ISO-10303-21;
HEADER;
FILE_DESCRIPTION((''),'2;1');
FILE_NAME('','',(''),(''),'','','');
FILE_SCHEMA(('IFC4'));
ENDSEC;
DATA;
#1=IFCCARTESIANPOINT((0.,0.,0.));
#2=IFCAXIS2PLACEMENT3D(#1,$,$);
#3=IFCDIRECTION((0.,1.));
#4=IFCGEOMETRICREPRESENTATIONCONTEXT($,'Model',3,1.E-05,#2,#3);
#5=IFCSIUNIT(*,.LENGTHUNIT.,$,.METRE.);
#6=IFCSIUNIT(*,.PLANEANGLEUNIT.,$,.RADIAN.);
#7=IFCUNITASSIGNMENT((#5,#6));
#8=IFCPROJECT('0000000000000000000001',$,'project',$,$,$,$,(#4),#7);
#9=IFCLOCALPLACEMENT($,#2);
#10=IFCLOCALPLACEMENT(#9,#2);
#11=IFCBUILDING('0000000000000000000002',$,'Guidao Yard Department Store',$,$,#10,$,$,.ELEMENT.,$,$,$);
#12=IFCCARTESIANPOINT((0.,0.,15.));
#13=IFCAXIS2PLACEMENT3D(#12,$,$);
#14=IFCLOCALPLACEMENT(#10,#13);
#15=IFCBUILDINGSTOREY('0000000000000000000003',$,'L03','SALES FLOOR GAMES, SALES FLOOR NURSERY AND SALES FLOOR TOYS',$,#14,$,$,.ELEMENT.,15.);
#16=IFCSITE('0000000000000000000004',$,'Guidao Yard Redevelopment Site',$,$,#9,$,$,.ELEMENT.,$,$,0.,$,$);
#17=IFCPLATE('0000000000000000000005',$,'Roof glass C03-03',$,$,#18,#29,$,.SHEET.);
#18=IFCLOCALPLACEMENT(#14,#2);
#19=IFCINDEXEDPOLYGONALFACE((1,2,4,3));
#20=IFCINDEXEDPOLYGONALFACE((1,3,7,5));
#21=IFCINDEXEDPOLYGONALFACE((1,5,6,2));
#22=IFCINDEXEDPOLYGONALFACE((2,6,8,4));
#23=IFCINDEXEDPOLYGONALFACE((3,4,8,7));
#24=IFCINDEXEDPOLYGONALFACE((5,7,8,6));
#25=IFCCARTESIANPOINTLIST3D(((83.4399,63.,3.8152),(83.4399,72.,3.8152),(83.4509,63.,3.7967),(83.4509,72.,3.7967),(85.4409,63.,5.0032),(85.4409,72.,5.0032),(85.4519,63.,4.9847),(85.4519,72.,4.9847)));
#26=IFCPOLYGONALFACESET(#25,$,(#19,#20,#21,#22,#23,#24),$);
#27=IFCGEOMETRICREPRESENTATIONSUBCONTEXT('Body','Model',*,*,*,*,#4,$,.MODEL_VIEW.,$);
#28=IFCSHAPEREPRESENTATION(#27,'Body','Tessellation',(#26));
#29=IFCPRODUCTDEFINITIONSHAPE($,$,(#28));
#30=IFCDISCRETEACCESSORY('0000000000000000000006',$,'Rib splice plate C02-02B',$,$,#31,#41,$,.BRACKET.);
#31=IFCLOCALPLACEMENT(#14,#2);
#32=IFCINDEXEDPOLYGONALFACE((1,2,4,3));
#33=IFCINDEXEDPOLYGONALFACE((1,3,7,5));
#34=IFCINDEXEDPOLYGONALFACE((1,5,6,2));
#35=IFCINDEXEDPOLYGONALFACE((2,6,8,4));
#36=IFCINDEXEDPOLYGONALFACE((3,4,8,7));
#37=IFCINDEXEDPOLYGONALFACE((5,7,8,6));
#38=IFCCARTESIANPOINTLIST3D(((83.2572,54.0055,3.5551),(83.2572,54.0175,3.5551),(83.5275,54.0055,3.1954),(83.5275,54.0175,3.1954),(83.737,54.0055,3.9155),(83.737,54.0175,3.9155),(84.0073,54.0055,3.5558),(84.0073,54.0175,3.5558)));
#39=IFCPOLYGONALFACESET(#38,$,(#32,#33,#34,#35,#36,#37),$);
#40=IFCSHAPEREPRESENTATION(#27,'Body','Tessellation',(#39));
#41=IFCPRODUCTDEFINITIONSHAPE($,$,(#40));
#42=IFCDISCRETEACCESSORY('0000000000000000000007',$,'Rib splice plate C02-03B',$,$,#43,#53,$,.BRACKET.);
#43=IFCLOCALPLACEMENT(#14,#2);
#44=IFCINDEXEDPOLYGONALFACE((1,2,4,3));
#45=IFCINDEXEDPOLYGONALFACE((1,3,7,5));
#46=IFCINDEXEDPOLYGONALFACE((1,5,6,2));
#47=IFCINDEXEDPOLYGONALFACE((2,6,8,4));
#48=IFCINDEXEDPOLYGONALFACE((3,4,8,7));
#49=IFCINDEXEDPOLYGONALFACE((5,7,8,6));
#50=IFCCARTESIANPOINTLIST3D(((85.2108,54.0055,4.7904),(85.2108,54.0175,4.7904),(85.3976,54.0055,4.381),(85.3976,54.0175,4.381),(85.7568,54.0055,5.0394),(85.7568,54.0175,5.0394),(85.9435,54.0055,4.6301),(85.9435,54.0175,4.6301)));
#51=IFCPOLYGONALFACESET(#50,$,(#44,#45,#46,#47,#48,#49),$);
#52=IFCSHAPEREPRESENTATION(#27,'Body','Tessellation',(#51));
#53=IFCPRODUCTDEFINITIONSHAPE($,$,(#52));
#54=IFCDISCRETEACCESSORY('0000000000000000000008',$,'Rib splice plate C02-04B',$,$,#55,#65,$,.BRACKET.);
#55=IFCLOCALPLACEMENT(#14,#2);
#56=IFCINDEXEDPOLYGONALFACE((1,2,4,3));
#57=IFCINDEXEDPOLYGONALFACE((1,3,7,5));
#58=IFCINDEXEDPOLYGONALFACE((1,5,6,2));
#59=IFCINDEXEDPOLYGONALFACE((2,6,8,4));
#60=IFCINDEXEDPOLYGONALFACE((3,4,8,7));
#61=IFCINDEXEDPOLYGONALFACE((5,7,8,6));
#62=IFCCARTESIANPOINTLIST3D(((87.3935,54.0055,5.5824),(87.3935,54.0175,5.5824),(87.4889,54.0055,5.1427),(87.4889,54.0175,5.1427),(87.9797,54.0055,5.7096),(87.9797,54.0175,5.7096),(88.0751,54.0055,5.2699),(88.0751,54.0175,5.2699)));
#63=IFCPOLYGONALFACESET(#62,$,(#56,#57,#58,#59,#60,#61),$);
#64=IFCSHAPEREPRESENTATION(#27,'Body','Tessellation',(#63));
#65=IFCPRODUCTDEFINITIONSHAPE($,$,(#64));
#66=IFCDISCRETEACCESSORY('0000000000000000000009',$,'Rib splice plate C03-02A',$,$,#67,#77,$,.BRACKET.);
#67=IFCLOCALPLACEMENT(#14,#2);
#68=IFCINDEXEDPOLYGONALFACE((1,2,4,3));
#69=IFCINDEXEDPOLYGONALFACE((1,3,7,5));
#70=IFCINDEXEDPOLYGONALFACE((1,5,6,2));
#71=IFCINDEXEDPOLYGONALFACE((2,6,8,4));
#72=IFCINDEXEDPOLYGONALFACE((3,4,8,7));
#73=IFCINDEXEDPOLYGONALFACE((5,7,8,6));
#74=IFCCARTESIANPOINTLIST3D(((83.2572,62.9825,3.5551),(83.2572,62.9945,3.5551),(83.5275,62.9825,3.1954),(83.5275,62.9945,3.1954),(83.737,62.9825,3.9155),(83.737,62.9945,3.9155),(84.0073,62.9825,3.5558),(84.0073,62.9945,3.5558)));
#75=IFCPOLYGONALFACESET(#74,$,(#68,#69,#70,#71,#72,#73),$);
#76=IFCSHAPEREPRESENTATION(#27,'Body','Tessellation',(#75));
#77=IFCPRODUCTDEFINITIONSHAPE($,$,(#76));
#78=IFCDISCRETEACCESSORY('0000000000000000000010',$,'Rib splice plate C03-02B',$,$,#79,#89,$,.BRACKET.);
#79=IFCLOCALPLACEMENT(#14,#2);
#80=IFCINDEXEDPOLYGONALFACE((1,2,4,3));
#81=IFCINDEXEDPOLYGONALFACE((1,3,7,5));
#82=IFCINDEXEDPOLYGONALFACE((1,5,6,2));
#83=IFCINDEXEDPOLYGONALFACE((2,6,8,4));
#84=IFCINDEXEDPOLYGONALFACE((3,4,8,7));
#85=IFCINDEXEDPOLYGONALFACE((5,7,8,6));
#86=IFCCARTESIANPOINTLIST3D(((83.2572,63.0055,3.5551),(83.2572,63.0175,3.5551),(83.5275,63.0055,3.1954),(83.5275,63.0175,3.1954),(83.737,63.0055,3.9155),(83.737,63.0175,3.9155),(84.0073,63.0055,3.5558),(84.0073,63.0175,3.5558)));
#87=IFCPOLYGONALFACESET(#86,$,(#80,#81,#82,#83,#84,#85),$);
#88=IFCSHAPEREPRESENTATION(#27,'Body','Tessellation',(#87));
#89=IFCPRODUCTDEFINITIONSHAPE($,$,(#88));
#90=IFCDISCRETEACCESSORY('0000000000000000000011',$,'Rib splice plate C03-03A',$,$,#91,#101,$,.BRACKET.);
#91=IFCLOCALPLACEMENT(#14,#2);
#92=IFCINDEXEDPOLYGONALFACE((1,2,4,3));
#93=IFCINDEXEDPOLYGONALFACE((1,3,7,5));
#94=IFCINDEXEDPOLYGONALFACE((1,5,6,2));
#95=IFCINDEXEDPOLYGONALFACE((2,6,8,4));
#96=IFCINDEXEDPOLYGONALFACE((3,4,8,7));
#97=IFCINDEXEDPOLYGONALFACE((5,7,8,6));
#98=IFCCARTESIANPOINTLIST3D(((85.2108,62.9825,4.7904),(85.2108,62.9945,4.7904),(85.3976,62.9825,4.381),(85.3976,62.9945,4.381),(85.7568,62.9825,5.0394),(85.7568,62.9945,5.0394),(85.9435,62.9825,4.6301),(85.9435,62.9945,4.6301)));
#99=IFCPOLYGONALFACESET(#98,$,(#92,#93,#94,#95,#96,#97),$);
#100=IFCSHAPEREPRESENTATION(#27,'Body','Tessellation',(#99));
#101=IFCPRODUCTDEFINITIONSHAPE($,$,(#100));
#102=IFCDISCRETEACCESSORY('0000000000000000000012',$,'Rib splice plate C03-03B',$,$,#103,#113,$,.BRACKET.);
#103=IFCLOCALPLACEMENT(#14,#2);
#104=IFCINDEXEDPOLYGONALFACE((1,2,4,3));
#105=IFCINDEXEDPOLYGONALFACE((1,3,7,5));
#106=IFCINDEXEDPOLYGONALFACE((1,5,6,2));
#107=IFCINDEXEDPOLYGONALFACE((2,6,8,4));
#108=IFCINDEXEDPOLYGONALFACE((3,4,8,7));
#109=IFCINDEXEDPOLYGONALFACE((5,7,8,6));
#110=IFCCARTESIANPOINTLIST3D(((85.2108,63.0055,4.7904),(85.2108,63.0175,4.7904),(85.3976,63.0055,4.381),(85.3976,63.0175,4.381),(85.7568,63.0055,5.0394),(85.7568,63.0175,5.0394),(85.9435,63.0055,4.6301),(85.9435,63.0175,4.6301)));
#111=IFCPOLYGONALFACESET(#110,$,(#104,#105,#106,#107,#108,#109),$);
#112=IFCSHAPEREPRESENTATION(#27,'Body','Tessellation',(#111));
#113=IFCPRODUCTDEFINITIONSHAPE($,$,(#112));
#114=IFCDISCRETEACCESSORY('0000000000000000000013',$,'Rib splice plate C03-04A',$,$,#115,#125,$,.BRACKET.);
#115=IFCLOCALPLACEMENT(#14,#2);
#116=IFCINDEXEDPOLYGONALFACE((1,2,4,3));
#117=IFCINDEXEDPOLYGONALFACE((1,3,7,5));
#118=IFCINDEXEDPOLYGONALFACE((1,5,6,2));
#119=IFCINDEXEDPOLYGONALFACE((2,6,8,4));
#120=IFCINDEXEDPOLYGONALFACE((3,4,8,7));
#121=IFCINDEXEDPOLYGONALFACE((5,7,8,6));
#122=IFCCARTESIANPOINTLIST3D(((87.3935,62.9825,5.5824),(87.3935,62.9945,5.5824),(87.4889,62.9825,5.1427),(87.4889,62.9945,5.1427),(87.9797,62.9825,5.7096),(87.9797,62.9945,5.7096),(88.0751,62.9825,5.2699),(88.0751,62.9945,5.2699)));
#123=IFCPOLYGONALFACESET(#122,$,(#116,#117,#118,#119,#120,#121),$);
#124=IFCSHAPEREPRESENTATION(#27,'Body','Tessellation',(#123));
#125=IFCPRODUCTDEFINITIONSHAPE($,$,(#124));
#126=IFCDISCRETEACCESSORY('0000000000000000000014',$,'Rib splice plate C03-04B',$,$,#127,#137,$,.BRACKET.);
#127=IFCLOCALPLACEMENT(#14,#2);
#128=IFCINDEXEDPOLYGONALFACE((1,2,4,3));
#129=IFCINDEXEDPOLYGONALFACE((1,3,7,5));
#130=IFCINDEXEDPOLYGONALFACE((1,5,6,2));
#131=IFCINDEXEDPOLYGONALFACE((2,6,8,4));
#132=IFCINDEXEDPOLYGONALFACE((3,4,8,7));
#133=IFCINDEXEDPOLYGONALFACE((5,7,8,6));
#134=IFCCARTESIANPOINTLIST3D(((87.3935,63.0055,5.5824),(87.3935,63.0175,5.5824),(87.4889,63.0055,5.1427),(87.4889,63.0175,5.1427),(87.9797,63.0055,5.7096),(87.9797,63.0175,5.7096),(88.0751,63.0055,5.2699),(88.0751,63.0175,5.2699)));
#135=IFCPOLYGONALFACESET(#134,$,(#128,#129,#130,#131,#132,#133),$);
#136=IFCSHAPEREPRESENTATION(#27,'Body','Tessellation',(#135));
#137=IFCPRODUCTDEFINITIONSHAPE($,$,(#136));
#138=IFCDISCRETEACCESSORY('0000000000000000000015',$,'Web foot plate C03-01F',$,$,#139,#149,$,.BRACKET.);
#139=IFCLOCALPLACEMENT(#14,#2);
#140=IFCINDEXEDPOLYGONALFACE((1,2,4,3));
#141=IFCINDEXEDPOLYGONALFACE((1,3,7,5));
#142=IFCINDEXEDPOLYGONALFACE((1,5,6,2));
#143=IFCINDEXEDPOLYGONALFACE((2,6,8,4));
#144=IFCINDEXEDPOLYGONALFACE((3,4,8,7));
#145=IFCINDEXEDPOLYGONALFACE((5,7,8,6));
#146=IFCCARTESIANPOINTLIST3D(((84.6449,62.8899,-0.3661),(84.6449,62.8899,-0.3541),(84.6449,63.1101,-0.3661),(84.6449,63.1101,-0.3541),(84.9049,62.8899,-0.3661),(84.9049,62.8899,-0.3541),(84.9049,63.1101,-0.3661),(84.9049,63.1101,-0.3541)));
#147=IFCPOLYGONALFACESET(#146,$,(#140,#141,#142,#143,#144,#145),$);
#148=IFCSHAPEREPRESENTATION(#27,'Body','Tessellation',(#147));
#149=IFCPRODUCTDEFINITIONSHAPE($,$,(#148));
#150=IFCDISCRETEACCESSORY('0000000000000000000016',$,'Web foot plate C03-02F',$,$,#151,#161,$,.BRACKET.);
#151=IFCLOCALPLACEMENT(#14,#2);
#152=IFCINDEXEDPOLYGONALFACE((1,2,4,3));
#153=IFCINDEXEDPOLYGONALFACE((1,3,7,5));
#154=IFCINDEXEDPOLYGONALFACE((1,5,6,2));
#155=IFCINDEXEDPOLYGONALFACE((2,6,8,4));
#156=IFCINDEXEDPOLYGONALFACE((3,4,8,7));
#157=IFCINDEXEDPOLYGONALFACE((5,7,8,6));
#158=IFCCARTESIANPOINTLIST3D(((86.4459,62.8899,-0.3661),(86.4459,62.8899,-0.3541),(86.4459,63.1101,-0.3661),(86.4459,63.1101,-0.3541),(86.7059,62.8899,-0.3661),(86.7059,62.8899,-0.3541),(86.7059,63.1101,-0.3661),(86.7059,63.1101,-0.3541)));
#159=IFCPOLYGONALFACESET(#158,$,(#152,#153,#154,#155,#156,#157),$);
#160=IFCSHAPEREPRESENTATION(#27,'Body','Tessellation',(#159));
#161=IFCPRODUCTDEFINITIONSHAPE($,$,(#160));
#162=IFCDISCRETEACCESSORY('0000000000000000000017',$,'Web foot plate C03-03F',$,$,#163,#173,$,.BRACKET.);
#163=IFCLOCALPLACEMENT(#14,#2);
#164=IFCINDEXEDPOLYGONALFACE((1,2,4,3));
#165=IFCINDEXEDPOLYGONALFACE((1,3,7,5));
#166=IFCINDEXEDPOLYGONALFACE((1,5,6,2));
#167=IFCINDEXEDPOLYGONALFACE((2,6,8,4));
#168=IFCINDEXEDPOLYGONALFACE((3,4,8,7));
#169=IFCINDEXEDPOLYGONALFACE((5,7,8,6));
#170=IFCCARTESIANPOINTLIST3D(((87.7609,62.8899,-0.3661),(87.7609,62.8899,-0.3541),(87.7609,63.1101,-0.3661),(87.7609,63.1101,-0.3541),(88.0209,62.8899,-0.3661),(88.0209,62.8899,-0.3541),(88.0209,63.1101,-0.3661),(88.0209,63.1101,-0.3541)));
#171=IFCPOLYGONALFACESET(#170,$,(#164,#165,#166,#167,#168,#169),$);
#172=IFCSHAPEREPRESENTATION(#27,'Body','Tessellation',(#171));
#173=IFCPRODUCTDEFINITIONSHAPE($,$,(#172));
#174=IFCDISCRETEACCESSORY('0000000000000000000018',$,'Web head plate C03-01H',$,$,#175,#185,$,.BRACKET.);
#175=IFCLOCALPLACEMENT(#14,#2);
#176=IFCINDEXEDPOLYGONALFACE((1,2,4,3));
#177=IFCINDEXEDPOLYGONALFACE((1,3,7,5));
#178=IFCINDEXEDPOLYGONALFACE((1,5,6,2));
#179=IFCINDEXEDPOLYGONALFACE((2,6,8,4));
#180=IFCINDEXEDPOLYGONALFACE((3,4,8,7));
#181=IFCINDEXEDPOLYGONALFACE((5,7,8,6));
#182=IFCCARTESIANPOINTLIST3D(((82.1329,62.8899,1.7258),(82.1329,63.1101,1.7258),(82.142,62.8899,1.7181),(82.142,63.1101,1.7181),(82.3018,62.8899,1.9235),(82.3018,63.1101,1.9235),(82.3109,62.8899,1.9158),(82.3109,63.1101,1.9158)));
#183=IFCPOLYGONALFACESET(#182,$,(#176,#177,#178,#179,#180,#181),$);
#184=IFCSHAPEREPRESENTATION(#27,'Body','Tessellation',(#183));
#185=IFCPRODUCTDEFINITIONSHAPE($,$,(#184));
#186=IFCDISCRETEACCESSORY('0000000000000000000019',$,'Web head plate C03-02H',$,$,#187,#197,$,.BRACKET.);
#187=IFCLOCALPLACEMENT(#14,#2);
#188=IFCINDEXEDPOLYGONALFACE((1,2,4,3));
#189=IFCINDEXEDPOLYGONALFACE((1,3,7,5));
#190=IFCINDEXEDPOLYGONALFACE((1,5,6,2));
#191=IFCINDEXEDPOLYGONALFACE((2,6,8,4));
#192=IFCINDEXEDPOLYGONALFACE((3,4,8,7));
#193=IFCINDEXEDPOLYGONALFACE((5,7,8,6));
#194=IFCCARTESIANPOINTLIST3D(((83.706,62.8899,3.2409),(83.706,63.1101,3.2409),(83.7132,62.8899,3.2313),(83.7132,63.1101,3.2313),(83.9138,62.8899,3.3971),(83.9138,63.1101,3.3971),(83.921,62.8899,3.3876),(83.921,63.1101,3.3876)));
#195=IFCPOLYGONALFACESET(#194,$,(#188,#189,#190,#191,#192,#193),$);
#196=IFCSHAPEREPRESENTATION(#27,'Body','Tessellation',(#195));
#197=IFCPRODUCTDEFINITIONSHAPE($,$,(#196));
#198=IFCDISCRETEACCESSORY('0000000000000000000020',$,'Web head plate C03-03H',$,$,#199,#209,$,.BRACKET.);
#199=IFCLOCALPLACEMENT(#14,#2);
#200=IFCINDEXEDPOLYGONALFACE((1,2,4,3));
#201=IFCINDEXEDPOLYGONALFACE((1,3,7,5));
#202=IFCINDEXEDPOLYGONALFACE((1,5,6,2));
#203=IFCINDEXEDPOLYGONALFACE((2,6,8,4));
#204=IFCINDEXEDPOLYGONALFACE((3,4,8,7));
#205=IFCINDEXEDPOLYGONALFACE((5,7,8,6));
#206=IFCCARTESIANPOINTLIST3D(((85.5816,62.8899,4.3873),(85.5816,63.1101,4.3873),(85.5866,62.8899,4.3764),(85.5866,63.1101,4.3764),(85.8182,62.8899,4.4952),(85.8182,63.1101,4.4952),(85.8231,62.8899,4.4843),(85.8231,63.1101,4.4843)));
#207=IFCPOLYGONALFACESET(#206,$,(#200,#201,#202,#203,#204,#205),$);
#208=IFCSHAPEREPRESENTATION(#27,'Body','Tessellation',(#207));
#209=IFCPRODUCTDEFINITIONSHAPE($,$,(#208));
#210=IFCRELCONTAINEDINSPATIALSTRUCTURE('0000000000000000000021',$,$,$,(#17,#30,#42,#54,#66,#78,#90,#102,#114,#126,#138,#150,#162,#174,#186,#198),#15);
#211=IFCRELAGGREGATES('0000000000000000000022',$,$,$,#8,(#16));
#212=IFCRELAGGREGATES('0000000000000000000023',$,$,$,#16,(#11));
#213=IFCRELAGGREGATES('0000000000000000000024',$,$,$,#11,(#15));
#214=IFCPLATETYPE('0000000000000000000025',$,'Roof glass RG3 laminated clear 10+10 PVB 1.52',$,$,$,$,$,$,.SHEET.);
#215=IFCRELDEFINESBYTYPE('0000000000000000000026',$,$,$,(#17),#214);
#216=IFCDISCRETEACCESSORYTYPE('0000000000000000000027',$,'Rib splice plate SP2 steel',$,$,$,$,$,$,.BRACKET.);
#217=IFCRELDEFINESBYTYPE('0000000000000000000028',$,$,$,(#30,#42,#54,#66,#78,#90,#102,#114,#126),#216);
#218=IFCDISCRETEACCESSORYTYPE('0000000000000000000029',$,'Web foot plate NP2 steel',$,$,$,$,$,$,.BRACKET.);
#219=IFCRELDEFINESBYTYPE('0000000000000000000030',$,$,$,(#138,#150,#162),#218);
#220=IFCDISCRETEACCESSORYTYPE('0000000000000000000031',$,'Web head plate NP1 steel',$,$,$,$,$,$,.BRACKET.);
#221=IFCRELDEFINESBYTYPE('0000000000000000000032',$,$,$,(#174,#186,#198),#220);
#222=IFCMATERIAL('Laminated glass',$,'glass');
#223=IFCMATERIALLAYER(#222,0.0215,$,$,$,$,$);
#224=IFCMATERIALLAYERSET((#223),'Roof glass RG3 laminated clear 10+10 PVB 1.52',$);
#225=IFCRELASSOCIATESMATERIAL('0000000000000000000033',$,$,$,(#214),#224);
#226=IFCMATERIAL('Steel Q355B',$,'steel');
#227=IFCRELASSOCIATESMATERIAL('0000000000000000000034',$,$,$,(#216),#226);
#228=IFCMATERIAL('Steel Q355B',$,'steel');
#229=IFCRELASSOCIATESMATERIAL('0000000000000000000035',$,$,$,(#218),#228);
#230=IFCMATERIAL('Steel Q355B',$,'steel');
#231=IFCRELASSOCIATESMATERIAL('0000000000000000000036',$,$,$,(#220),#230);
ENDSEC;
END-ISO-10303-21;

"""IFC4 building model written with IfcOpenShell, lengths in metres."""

from ifc_helpers import new_model, si_unit, direction, frame, origin, origin_2d, place, context, subcontext, project, spatial, polyline, rectangle, outline, extrude, material, layer, layer_set, material_profile, profile_set, type_object, element, save


model = new_model("IFC4")

# Units and contexts
model_context = context("Model", 3, precision=1e-05, world=origin(), true_north=direction((0.0, 1.0)))
body_context = subcontext(model_context, "Body", "Model", "MODEL_VIEW")
ifc_project = project(units=[si_unit("LENGTHUNIT", "METRE"), si_unit("PLANEANGLEUNIT", "RADIAN")], contexts=[model_context])

# Site, building, storey
site_placement = place(None, origin())
site = spatial("IfcSite", under=ifc_project, at=site_placement, Name="Guidao Yard Redevelopment Site", CompositionType="ELEMENT", RefElevation=0.0)
building_placement = place(site_placement, origin())
building = spatial("IfcBuilding", under=site, at=building_placement, Name="Guidao Yard Department Store", CompositionType="ELEMENT")
storey_placement = place(building_placement, frame((0.0, 0.0, 15.0)))
storey = spatial("IfcBuildingStorey", under=building, at=storey_placement, Name="L03", Description="SALES FLOOR GAMES, SALES FLOOR NURSERY AND SALES FLOOR TOYS", CompositionType="ELEMENT", Elevation=15.0)

# Plate
ifc_material_1 = material(Name="Laminated glass", Category="glass")
ifc_layer = layer(ifc_material_1, 0.0215)
ifc_layer_set = layer_set([ifc_layer], Name="Roof glass RG3 laminated clear 10+10 PVB 1.52")
plate_type = type_object("IfcPlateType", Name="Roof glass RG3 laminated clear 10+10 PVB 1.52", PredefinedType="SHEET", material=ifc_layer_set)
plate_placement = place(storey_placement, frame((83.4399, 63.0, 3.8152), z_axis=(-0.51051, 0.0, 0.859872), x_axis=(0.859872, 0.0, 0.51051)))
element("IfcPlate", 1, at=plate_placement, inside=storey, type_object=plate_type, Name="Roof glass C03-03", PredefinedType="SHEET", context=body_context, shape_type="SweptSolid", body=[
    extrude(outline(polyline([(0.0, 0.0), (2.3271, 0.0), (2.3271, 9.0), (0.0, 9.0), (0.0, 0.0)])), origin(), (0.0, 0.0, -1.0), 0.0215),
])

# Discrete accessories
ifc_material_2 = material(Name="Steel Q355B", Category="steel")
ifc_material_profile_1 = material_profile(ifc_material_2, rectangle(XDim=0.012, YDim=0.45, at=origin_2d()), Name="Splice plate 450x12")
ifc_profile_set_1 = profile_set([ifc_material_profile_1], Name="Steel Q355B")
discrete_accessory_type_1 = type_object("IfcDiscreteAccessoryType", Name="Rib splice plate SP2 steel", PredefinedType="BRACKET", material=ifc_profile_set_1)
for number, where, z_axis, x_axis, name in (
    (2, (83.3923, 54.0115, 3.3752), (0.79956, 0.0, 0.600586), (0.0, 1.0, 0.0), "Rib splice plate C02-02B"),
    (3, (85.3042, 54.0115, 4.5857), (0.909808, 0.0, 0.415029), (0.0, 1.0, 0.0), "Rib splice plate C02-03B"),
):
    element("IfcDiscreteAccessory", number, at=place(storey_placement, frame(where, z_axis=z_axis, x_axis=x_axis)), inside=storey, type_object=discrete_accessory_type_1, Name=name, PredefinedType="BRACKET", context=body_context, shape_type="SweptSolid", body=[
        extrude(rectangle(XDim=0.012, YDim=0.45, at=origin_2d()), origin(), (0.0, 0.0, 1.0), 0.6001),
    ])
discrete_accessory_placement = place(storey_placement, frame((87.4412, 54.0115, 5.3625), z_axis=(0.977257, 0.0, 0.212058), x_axis=(0.0, 1.0, 0.0)))
element("IfcDiscreteAccessory", 4, at=discrete_accessory_placement, inside=storey, type_object=discrete_accessory_type_1, Name="Rib splice plate C02-04B", PredefinedType="BRACKET", context=body_context, shape_type="SweptSolid", body=[
    extrude(rectangle(XDim=0.012, YDim=0.45, at=origin_2d()), origin(), (0.0, 0.0, 1.0), 0.5999),
])
for number, where, z_axis, x_axis, name in (
    (5, (83.3923, 62.9885, 3.3752), (0.79956, 0.0, 0.600586), (0.0, 1.0, 0.0), "Rib splice plate C03-02A"),
    (6, (83.3923, 63.0115, 3.3752), (0.79956, 0.0, 0.600586), (0.0, 1.0, 0.0), "Rib splice plate C03-02B"),
    (7, (85.3042, 62.9885, 4.5857), (0.909808, 0.0, 0.415029), (0.0, 1.0, 0.0), "Rib splice plate C03-03A"),
    (8, (85.3042, 63.0115, 4.5857), (0.909808, 0.0, 0.415029), (0.0, 1.0, 0.0), "Rib splice plate C03-03B"),
):
    element("IfcDiscreteAccessory", number, at=place(storey_placement, frame(where, z_axis=z_axis, x_axis=x_axis)), inside=storey, type_object=discrete_accessory_type_1, Name=name, PredefinedType="BRACKET", context=body_context, shape_type="SweptSolid", body=[
        extrude(rectangle(XDim=0.012, YDim=0.45, at=origin_2d()), origin(), (0.0, 0.0, 1.0), 0.6001),
    ])
for number, where, z_axis, x_axis, name in (
    (9, (87.4412, 62.9885, 5.3625), (0.977257, 0.0, 0.212058), (0.0, 1.0, 0.0), "Rib splice plate C03-04A"),
    (10, (87.4412, 63.0115, 5.3625), (0.977257, 0.0, 0.212058), (0.0, 1.0, 0.0), "Rib splice plate C03-04B"),
):
    element("IfcDiscreteAccessory", number, at=place(storey_placement, frame(where, z_axis=z_axis, x_axis=x_axis)), inside=storey, type_object=discrete_accessory_type_1, Name=name, PredefinedType="BRACKET", context=body_context, shape_type="SweptSolid", body=[
        extrude(rectangle(XDim=0.012, YDim=0.45, at=origin_2d()), origin(), (0.0, 0.0, 1.0), 0.5999),
    ])
ifc_material_3 = material(Name="Steel Q355B", Category="steel")
ifc_material_profile_2 = material_profile(ifc_material_3, rectangle(XDim=0.26, YDim=0.012, at=origin_2d()), Name="Node plate 260x12")
ifc_profile_set_2 = profile_set([ifc_material_profile_2], Name="Steel Q355B")
discrete_accessory_type_2 = type_object("IfcDiscreteAccessoryType", Name="Web foot plate NP2 steel", PredefinedType="BRACKET", material=ifc_profile_set_2)
for number, where, z_axis, x_axis, name in (
    (11, (84.7749, 62.8899, -0.3601), (0.0, 1.0, 0.0), (-1.0, 0.0, 0.0), "Web foot plate C03-01F"),
    (12, (86.5759, 62.8899, -0.3601), (0.0, 1.0, 0.0), (-1.0, 0.0, 0.0), "Web foot plate C03-02F"),
    (13, (87.8909, 62.8899, -0.3601), (0.0, 1.0, 0.0), (-1.0, 0.0, 0.0), "Web foot plate C03-03F"),
):
    element("IfcDiscreteAccessory", number, at=place(storey_placement, frame(where, z_axis=z_axis, x_axis=x_axis)), inside=storey, type_object=discrete_accessory_type_2, Name=name, PredefinedType="BRACKET", context=body_context, shape_type="SweptSolid", body=[
        extrude(rectangle(XDim=0.26, YDim=0.012, at=origin_2d()), origin(), (0.0, 0.0, 1.0), 0.2202),
    ])
ifc_material_4 = material(Name="Steel Q355B", Category="steel")
ifc_material_profile_3 = material_profile(ifc_material_4, rectangle(XDim=0.26, YDim=0.012, at=origin_2d()), Name="Node plate 260x12")
ifc_profile_set_3 = profile_set([ifc_material_profile_3], Name="Steel Q355B")
discrete_accessory_type_3 = type_object("IfcDiscreteAccessoryType", Name="Web head plate NP1 steel", PredefinedType="BRACKET", material=ifc_profile_set_3)
for number, where, z_axis, x_axis, name in (
    (14, (82.2219, 62.8899, 1.8208), (0.0, 1.0, 0.0), (-0.649537, 0.0, -0.76033), "Web head plate C03-01H"),
    (15, (83.8135, 62.8899, 3.3142), (0.0, 1.0, 0.0), (-0.799284, 0.0, -0.600954), "Web head plate C03-02H"),
    (16, (85.7024, 62.8899, 4.4358), (0.0, 1.0, 0.0), (-0.909751, 0.0, -0.415155), "Web head plate C03-03H"),
):
    element("IfcDiscreteAccessory", number, at=place(storey_placement, frame(where, z_axis=z_axis, x_axis=x_axis)), inside=storey, type_object=discrete_accessory_type_3, Name=name, PredefinedType="BRACKET", context=body_context, shape_type="SweptSolid", body=[
        extrude(rectangle(XDim=0.26, YDim=0.012, at=origin_2d()), origin(), (0.0, 0.0, 1.0), 0.2202),
    ])

save(model, "model.ifc")
